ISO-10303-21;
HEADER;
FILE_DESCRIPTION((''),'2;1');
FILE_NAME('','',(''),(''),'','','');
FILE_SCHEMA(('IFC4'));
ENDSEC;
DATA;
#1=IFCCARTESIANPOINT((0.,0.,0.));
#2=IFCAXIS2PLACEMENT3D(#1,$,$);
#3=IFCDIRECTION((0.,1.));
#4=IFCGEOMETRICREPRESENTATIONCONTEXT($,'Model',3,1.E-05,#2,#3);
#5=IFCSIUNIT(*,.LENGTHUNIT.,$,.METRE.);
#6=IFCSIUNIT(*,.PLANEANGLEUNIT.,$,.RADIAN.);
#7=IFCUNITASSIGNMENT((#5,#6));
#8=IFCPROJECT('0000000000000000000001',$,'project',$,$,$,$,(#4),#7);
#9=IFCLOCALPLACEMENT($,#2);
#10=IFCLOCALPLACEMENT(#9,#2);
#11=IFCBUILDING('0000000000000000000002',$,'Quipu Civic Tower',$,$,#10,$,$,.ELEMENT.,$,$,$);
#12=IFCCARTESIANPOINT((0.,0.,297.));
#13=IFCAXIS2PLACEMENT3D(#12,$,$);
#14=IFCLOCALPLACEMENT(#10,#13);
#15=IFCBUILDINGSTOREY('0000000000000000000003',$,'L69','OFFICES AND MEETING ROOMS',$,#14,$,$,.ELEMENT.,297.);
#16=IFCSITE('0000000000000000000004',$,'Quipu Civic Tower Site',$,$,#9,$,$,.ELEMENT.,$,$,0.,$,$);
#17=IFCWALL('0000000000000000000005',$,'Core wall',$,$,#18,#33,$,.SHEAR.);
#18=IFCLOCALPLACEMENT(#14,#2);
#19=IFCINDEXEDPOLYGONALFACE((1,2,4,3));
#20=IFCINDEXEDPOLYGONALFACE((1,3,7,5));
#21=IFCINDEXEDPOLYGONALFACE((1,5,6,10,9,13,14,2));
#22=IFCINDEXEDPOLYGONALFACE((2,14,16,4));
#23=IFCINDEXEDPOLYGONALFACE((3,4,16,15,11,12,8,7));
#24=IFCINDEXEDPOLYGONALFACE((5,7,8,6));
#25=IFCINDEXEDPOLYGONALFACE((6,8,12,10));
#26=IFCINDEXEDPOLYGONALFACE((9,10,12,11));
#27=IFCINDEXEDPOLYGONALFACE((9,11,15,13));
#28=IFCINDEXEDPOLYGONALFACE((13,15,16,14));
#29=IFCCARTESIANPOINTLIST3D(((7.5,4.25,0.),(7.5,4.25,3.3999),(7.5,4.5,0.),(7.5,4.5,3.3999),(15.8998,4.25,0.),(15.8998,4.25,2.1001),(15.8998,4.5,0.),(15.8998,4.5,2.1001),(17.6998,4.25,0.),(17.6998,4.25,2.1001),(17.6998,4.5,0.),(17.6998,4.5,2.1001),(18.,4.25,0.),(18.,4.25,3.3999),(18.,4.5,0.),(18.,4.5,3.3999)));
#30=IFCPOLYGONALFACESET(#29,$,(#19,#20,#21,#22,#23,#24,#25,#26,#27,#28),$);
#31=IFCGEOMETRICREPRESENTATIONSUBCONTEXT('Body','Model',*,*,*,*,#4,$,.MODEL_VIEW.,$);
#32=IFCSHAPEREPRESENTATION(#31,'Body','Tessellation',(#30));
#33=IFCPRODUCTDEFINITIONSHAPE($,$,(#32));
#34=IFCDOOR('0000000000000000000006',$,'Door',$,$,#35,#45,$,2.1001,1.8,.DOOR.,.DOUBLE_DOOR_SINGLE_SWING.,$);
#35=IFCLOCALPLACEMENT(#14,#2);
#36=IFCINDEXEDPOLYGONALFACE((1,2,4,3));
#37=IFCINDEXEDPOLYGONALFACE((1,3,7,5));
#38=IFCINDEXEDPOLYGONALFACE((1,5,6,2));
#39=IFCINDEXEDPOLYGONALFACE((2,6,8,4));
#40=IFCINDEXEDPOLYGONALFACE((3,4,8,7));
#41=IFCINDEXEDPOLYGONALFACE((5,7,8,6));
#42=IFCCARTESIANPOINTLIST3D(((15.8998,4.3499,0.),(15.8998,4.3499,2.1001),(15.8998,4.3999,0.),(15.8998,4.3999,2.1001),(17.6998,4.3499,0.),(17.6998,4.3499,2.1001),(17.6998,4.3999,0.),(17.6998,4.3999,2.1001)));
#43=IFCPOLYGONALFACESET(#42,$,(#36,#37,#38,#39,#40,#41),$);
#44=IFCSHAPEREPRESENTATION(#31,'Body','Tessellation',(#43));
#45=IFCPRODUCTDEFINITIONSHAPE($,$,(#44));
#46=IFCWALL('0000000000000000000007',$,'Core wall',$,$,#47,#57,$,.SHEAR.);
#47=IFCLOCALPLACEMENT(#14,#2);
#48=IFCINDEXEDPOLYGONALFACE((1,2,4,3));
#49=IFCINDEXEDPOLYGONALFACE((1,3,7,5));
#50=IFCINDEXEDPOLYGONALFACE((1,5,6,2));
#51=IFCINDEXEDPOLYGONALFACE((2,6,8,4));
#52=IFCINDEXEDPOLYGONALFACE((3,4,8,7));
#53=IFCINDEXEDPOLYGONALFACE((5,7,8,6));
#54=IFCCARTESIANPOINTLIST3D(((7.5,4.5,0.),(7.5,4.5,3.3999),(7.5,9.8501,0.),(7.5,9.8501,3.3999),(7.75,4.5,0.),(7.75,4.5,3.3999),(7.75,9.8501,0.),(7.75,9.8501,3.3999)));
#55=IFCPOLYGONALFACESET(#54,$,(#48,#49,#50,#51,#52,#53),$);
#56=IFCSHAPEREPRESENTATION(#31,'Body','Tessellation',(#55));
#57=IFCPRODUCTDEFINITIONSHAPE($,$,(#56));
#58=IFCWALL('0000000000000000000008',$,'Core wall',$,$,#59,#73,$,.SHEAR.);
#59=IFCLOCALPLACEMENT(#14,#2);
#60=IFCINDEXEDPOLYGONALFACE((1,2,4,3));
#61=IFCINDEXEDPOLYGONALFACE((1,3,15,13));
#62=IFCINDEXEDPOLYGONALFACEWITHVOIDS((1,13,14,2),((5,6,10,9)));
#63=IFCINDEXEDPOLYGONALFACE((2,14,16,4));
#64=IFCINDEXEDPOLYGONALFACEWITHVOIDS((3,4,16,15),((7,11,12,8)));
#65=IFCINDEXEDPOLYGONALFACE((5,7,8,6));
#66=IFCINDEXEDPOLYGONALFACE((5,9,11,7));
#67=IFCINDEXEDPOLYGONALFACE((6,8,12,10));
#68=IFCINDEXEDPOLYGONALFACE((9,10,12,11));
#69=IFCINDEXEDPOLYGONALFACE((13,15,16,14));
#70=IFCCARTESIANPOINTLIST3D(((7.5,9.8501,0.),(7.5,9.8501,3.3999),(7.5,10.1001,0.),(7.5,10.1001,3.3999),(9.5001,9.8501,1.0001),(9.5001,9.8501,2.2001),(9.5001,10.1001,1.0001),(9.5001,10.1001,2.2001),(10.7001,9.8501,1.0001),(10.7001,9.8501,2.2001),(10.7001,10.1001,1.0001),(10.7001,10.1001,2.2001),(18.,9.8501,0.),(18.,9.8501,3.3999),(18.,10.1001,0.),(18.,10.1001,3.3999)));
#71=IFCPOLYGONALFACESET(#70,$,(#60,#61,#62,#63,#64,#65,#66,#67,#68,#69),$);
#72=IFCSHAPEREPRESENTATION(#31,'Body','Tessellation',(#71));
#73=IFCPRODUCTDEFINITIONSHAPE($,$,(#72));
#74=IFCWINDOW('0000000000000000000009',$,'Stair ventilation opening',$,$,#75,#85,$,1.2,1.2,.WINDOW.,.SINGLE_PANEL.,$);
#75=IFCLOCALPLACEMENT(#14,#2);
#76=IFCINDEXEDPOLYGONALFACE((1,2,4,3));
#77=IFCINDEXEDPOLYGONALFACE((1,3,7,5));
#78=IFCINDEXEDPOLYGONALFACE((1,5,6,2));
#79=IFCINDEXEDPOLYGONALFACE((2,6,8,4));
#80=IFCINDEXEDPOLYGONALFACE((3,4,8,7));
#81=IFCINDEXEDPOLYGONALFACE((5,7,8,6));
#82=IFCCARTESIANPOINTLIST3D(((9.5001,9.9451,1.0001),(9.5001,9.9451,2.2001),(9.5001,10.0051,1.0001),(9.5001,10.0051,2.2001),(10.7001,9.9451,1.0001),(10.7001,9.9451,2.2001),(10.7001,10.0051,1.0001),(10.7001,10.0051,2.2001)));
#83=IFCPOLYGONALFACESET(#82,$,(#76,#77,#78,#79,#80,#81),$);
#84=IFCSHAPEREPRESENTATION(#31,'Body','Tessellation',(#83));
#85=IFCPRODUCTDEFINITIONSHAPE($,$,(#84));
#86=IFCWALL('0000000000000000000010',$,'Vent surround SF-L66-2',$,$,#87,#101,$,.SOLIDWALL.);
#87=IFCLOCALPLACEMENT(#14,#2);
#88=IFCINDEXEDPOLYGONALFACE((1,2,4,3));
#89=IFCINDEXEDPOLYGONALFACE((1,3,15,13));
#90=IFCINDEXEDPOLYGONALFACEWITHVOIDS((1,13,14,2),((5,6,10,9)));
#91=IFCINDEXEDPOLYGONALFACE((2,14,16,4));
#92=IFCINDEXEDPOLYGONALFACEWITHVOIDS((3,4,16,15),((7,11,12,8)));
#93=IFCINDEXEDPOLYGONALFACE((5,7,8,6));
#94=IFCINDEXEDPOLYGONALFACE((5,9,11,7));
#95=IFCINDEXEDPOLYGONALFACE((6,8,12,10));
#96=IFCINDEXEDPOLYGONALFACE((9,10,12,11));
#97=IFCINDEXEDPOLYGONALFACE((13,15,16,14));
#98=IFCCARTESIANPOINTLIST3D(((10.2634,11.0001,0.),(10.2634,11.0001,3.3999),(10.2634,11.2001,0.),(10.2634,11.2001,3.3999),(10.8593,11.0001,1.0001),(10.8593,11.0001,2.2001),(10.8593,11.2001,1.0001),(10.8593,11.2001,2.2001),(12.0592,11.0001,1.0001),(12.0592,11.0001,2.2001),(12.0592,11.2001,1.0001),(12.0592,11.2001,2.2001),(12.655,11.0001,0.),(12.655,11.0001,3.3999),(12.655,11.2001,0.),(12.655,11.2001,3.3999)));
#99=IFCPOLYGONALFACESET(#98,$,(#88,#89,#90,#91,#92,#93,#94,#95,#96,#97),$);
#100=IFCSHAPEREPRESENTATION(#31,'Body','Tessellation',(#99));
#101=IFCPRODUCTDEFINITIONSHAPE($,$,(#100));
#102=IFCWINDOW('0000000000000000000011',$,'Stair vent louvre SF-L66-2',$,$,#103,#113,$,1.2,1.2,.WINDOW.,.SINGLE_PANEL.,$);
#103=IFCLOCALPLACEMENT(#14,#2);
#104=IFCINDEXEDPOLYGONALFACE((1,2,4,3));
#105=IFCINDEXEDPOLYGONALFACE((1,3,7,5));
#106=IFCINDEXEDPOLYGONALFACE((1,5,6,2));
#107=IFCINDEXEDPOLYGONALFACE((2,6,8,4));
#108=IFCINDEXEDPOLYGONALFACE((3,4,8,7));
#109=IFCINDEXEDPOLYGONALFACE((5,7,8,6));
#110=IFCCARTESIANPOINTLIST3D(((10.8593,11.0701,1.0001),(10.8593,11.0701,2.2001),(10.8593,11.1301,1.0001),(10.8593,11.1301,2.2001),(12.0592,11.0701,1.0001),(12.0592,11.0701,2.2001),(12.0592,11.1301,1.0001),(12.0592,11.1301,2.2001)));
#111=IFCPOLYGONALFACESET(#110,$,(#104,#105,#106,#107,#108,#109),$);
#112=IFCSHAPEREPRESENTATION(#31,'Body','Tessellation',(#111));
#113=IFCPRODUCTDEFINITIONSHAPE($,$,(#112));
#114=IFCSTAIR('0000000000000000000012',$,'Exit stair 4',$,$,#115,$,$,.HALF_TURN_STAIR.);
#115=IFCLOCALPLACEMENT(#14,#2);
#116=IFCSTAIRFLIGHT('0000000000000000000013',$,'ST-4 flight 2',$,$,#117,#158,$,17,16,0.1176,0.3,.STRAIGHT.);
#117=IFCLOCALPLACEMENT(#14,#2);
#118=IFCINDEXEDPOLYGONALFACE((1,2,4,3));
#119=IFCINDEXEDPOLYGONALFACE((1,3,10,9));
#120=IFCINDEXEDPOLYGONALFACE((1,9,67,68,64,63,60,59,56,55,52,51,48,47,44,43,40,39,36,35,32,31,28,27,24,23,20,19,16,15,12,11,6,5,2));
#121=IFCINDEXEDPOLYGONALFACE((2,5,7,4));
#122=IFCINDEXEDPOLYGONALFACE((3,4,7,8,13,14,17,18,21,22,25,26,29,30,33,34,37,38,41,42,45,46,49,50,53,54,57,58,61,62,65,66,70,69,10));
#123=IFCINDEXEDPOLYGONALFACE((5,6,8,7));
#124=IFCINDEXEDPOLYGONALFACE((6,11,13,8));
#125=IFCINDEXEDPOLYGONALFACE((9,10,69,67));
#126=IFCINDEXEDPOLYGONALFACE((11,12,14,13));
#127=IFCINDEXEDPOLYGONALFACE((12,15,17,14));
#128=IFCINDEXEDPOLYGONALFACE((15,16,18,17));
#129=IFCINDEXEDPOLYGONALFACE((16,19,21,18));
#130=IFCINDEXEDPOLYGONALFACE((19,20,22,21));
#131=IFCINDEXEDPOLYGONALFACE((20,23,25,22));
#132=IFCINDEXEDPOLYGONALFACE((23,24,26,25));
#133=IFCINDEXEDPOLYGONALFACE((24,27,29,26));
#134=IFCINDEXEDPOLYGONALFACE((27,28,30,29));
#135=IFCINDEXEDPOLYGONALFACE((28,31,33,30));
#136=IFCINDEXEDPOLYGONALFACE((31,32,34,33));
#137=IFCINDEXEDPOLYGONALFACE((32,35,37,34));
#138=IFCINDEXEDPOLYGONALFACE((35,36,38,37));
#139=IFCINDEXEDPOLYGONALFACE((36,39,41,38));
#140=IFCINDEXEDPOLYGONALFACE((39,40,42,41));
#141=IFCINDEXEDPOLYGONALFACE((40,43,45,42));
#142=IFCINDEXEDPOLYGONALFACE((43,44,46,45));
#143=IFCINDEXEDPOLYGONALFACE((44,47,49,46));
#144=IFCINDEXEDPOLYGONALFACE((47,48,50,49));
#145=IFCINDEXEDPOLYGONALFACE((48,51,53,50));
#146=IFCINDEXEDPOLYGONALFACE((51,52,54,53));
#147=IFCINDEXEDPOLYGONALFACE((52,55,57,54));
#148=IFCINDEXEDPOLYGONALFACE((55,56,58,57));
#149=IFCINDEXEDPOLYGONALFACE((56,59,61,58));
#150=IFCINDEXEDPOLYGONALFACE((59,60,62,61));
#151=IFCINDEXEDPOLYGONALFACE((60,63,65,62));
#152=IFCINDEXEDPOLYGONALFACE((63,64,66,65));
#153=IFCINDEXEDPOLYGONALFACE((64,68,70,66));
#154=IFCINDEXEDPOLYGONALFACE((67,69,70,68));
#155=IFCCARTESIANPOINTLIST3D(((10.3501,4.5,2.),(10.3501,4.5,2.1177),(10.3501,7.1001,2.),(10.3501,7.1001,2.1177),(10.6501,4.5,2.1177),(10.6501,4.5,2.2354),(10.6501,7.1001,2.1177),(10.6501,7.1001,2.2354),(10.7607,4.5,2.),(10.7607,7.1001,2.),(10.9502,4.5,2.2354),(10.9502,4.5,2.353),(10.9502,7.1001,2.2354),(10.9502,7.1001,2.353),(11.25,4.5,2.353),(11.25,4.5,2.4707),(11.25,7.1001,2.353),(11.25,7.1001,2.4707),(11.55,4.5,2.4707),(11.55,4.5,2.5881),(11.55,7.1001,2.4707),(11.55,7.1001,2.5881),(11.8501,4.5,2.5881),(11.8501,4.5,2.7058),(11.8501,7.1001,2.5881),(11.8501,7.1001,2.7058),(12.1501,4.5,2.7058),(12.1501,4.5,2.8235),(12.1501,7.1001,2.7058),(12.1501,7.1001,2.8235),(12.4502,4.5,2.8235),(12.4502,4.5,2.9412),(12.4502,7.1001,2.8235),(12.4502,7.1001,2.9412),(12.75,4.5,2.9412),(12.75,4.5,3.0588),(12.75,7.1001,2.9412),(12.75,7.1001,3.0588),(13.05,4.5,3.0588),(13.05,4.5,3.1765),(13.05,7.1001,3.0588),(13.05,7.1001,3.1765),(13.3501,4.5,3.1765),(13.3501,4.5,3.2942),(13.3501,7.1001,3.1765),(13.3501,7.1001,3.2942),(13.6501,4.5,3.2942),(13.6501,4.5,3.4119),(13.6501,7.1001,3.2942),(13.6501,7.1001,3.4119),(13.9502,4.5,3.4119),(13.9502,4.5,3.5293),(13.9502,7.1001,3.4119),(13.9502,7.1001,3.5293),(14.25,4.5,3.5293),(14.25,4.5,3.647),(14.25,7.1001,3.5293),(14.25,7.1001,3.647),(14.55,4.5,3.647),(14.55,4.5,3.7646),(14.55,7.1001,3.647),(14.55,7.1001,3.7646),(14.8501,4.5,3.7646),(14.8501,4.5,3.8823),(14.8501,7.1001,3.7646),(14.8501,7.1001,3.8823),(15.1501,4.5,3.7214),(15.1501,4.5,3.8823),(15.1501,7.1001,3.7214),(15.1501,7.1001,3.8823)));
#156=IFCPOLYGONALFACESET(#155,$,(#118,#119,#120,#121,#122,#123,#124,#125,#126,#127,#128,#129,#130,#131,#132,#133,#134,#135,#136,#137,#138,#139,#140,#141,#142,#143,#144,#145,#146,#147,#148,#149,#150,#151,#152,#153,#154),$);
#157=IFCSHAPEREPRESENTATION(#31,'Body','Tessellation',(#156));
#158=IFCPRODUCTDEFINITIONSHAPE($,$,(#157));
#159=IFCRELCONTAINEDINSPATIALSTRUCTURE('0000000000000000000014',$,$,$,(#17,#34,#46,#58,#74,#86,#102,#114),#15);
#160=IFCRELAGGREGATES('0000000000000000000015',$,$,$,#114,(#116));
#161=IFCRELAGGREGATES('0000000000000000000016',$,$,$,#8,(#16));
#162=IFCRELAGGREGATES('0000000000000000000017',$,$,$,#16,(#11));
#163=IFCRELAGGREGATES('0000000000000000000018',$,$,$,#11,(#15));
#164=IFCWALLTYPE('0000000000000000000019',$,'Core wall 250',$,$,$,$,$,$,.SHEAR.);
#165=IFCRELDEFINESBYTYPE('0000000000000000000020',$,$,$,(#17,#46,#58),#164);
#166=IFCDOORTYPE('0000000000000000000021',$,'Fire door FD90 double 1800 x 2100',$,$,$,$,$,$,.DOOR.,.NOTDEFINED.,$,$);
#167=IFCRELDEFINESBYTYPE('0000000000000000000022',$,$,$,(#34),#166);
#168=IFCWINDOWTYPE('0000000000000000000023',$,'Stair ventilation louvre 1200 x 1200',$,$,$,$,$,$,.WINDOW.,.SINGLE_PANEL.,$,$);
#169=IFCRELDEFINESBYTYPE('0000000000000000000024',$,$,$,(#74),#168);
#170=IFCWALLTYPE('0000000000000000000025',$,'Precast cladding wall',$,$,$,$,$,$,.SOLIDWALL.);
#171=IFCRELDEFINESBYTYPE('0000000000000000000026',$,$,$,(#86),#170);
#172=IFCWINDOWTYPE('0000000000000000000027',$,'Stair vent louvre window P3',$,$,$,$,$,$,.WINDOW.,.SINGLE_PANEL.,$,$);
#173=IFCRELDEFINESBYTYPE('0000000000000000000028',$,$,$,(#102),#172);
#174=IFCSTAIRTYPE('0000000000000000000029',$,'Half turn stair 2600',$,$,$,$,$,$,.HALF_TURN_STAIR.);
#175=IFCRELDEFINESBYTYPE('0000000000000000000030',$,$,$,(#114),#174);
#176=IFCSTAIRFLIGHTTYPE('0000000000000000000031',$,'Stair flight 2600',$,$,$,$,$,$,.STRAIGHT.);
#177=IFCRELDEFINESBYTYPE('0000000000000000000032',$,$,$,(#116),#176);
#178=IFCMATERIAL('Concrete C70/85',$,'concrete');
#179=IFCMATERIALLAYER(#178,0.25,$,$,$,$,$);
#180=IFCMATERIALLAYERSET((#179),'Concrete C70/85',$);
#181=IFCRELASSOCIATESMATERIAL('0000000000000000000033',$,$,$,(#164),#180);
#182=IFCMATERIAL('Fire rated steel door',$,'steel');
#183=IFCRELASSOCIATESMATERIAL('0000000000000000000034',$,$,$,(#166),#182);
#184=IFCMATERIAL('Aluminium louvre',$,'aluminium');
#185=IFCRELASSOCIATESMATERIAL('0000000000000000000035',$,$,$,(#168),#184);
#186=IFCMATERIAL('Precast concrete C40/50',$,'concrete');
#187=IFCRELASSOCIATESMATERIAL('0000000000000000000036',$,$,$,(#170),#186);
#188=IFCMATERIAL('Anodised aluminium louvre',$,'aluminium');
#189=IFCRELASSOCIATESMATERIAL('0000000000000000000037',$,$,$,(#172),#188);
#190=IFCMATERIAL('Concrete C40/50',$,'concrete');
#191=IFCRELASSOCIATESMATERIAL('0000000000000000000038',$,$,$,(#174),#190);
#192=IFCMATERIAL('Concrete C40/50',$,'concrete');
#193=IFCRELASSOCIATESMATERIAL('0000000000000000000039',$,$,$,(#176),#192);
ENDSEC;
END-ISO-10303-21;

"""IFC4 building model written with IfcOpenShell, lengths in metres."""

from ifc_helpers import new_model, si_unit, direction, frame, frame_2d, origin, place, context, subcontext, project, spatial, polyline, rectangle, outline, extrude, material, layer, layer_set, type_object, element, fill, aggregate, save


model = new_model("IFC4")

# Units and contexts
model_context = context("Model", 3, precision=1e-05, world=origin(), true_north=direction((0.0, 1.0)))
body_context = subcontext(model_context, "Body", "Model", "MODEL_VIEW")
ifc_project = project(units=[si_unit("LENGTHUNIT", "METRE"), si_unit("PLANEANGLEUNIT", "RADIAN")], contexts=[model_context])

# Site, building, storey
site_placement = place(None, origin())
site = spatial("IfcSite", under=ifc_project, at=site_placement, Name="Quipu Civic Tower Site", CompositionType="ELEMENT", RefElevation=0.0)
building_placement = place(site_placement, origin())
building = spatial("IfcBuilding", under=site, at=building_placement, Name="Quipu Civic Tower", CompositionType="ELEMENT")
storey_placement = place(building_placement, frame((0.0, 0.0, 297.0)))
storey = spatial("IfcBuildingStorey", under=building, at=storey_placement, Name="L69", Description="OFFICES AND MEETING ROOMS", CompositionType="ELEMENT", Elevation=297.0)

# Wall, opening, door
ifc_material_1 = material(Name="Concrete C70/85", Category="concrete")
ifc_layer_1 = layer(ifc_material_1, 0.25)
ifc_layer_set_1 = layer_set([ifc_layer_1], Name="Concrete C70/85")
wall_type_1 = type_object("IfcWallType", Name="Core wall 250", PredefinedType="SHEAR", material=ifc_layer_set_1)
wall_1_placement = place(storey_placement, frame((7.5, 4.375, 0.0), z_axis=(0.0, 0.0, 1.0), x_axis=(1.0, 0.0, 0.0)))
wall_1 = element("IfcWall", 1, at=wall_1_placement, inside=storey, type_object=wall_type_1, Name="Core wall", PredefinedType="SHEAR", context=body_context, shape_type="SweptSolid", body=[
    extrude(rectangle(XDim=10.5, YDim=0.25, at=frame_2d((5.25, 0.0))), origin(), (0.0, 0.0, 1.0), 3.3999),
])
opening_1_placement = place(wall_1_placement, frame((8.3999, 0.0, 0.0)))
opening_1 = element("IfcOpeningElement", 2, at=opening_1_placement, cuts=wall_1, PredefinedType="OPENING", context=body_context, shape_type="SweptSolid", body=[
    extrude(rectangle(XDim=1.8, YDim=2.1001, at=frame_2d((0.8999, 1.05))), frame((0.0, 0.135, 0.0), z_axis=(0.0, -1.0, 0.0), x_axis=(1.0, 0.0, 0.0)), (0.0, 0.0, 1.0), 0.27),
])
ifc_material_2 = material(Name="Fire rated steel door", Category="steel")
door_type = type_object("IfcDoorType", Name="Fire door FD90 double 1800 x 2100", OperationType="NOTDEFINED", PredefinedType="DOOR", material=ifc_material_2)
door_placement = place(opening_1_placement, origin())
door = element("IfcDoor", 3, at=door_placement, inside=storey, type_object=door_type, Name="Door", OperationType="DOUBLE_DOOR_SINGLE_SWING", OverallHeight=2.1001, OverallWidth=1.8, PredefinedType="DOOR", context=body_context, shape_type="SweptSolid", body=[
    extrude(rectangle(XDim=1.8, YDim=2.1001, at=frame_2d((0.8999, 1.05))), frame((0.0, 0.0249, 0.0), z_axis=(0.0, -1.0, 0.0), x_axis=(1.0, 0.0, 0.0)), (0.0, 0.0, 1.0), 0.05),
])
fill(opening_1, door)

# Wall
wall_2_placement = place(storey_placement, frame((7.625, 4.5, 0.0), z_axis=(0.0, 0.0, 1.0), x_axis=(0.0, 1.0, 0.0)))
element("IfcWall", 4, at=wall_2_placement, inside=storey, type_object=wall_type_1, Name="Core wall", PredefinedType="SHEAR", context=body_context, shape_type="SweptSolid", body=[
    extrude(rectangle(XDim=5.3501, YDim=0.25, at=frame_2d((2.675, 0.0))), origin(), (0.0, 0.0, 1.0), 3.3999),
])

# Walls, openings, windows
wall_3_placement = place(storey_placement, frame((7.5, 9.9751, 0.0), z_axis=(0.0, 0.0, 1.0), x_axis=(1.0, 0.0, 0.0)))
wall_3 = element("IfcWall", 5, at=wall_3_placement, inside=storey, type_object=wall_type_1, Name="Core wall", PredefinedType="SHEAR", context=body_context, shape_type="SweptSolid", body=[
    extrude(rectangle(XDim=10.5, YDim=0.25, at=frame_2d((5.25, 0.0))), origin(), (0.0, 0.0, 1.0), 3.3999),
])
opening_2_placement = place(wall_3_placement, frame((2.0, 0.0, 1.0)))
opening_2 = element("IfcOpeningElement", 6, at=opening_2_placement, cuts=wall_3, PredefinedType="OPENING", context=body_context, shape_type="SweptSolid", body=[
    extrude(rectangle(XDim=1.2, YDim=1.2, at=frame_2d((0.6001, 0.6001))), frame((0.0, 0.135, 0.0), z_axis=(0.0, -1.0, 0.0), x_axis=(1.0, 0.0, 0.0)), (0.0, 0.0, 1.0), 0.27),
])
ifc_material_3 = material(Name="Aluminium louvre", Category="aluminium")
window_type_1 = type_object("IfcWindowType", Name="Stair ventilation louvre 1200 x 1200", PartitioningType="SINGLE_PANEL", PredefinedType="WINDOW", material=ifc_material_3)
window_1_placement = place(opening_2_placement, origin())
window_1 = element("IfcWindow", 7, at=window_1_placement, inside=storey, type_object=window_type_1, Name="Stair ventilation opening", OverallHeight=1.2, OverallWidth=1.2, PartitioningType="SINGLE_PANEL", PredefinedType="WINDOW", context=body_context, shape_type="SweptSolid", body=[
    extrude(rectangle(XDim=1.2, YDim=1.2, at=frame_2d((0.6001, 0.6001))), frame((0.0, 0.03, 0.0), z_axis=(0.0, -1.0, 0.0), x_axis=(1.0, 0.0, 0.0)), (0.0, 0.0, 1.0), 0.0601),
])
fill(opening_2, window_1)
ifc_material_4 = material(Name="Precast concrete C40/50", Category="concrete")
wall_type_2 = type_object("IfcWallType", Name="Precast cladding wall", PredefinedType="SOLIDWALL", material=ifc_material_4)
wall_4_placement = place(storey_placement, frame((12.655, 11.1001, 0.0), z_axis=(0.0, 0.0, 1.0), x_axis=(-1.0, 0.0, 0.0)))
wall_4 = element("IfcWall", 8, at=wall_4_placement, inside=storey, type_object=wall_type_2, Name="Vent surround SF-L66-2", PredefinedType="SOLIDWALL", context=body_context, shape_type="SweptSolid", body=[
    extrude(rectangle(XDim=2.3916, YDim=0.2, at=frame_2d((1.1958, 0.0))), origin(), (0.0, 0.0, 1.0), 3.3999),
])
opening_3_placement = place(wall_4_placement, frame((0.5957, 0.0, 1.0)))
opening_3 = element("IfcOpeningElement", 9, at=opening_3_placement, cuts=wall_4, PredefinedType="OPENING", context=body_context, shape_type="SweptSolid", body=[
    extrude(rectangle(XDim=1.2, YDim=1.2, at=frame_2d((0.6001, 0.6001))), frame((0.0, 0.1099, 0.0), z_axis=(0.0, -1.0, 0.0), x_axis=(1.0, 0.0, 0.0)), (0.0, 0.0, 1.0), 0.22),
])
ifc_material_5 = material(Name="Anodised aluminium louvre", Category="aluminium")
window_type_2 = type_object("IfcWindowType", Name="Stair vent louvre window P3", PartitioningType="SINGLE_PANEL", PredefinedType="WINDOW", material=ifc_material_5)
window_2_placement = place(opening_3_placement, origin())
window_2 = element("IfcWindow", 10, at=window_2_placement, inside=storey, type_object=window_type_2, Name="Stair vent louvre SF-L66-2", OverallHeight=1.2, OverallWidth=1.2, PartitioningType="SINGLE_PANEL", PredefinedType="WINDOW", context=body_context, shape_type="SweptSolid", body=[
    extrude(rectangle(XDim=1.2, YDim=1.2, at=frame_2d((0.6001, 0.6001))), frame((0.0, 0.03, 0.0), z_axis=(0.0, -1.0, 0.0), x_axis=(1.0, 0.0, 0.0)), (0.0, 0.0, 1.0), 0.0601),
])
fill(opening_3, window_2)

# Stair, stair flight
ifc_material_6 = material(Name="Concrete C40/50", Category="concrete")
stair_type = type_object("IfcStairType", Name="Half turn stair 2600", PredefinedType="HALF_TURN_STAIR", material=ifc_material_6)
stair_placement = place(storey_placement, origin())
stair = element("IfcStair", 11, at=stair_placement, inside=storey, type_object=stair_type, Name="Exit stair 4", PredefinedType="HALF_TURN_STAIR")
ifc_material_7 = material(Name="Concrete C40/50", Category="concrete")
stair_flight_type = type_object("IfcStairFlightType", Name="Stair flight 2600", PredefinedType="STRAIGHT", material=ifc_material_7)
stair_flight_placement = place(storey_placement, frame((10.3501, 5.8, 2.0), z_axis=(0.0, 0.0, 1.0), x_axis=(1.0, 0.0, 0.0)))
stair_flight = element("IfcStairFlight", 12, at=stair_flight_placement, type_object=stair_flight_type, Name="ST-4 flight 2", NumberOfRisers=17, NumberOfTreads=16, PredefinedType="STRAIGHT", RiserHeight=0.1176, TreadLength=0.3, context=body_context, shape_type="SweptSolid", body=[
    extrude(outline(polyline([(0.0, 0.0), (0.0, 0.1177), (0.3, 0.1177), (0.3, 0.2354), (0.6001, 0.2354), (0.6001, 0.353), (0.8999, 0.353), (0.8999, 0.4707), (1.2, 0.4707), (1.2, 0.5881), (1.5, 0.5881), (1.5, 0.7058), (1.8, 0.7058), (1.8, 0.8235), (2.1001, 0.8235), (2.1001, 0.9412), (2.3999, 0.9412), (2.3999, 1.0588), (2.7, 1.0588), (2.7, 1.1765), (3.0, 1.1765), (3.0, 1.2942), (3.3, 1.2942), (3.3, 1.4119), (3.6001, 1.4119), (3.6001, 1.5293), (3.8999, 1.5293), (3.8999, 1.647), (4.2, 1.647), (4.2, 1.7646), (4.5, 1.7646), (4.5, 1.8823), (4.8, 1.8823), (4.8, 2.0), (4.8, 1.7214), (0.4106, 0.0), (0.0, 0.0)])), frame((0.0, 1.3, 0.0), z_axis=(0.0, -1.0, 0.0), x_axis=(1.0, 0.0, 0.0)), (0.0, 0.0, 1.0), 2.6001),
])
aggregate(stair, [stair_flight])

save(model, "model.ifc")
